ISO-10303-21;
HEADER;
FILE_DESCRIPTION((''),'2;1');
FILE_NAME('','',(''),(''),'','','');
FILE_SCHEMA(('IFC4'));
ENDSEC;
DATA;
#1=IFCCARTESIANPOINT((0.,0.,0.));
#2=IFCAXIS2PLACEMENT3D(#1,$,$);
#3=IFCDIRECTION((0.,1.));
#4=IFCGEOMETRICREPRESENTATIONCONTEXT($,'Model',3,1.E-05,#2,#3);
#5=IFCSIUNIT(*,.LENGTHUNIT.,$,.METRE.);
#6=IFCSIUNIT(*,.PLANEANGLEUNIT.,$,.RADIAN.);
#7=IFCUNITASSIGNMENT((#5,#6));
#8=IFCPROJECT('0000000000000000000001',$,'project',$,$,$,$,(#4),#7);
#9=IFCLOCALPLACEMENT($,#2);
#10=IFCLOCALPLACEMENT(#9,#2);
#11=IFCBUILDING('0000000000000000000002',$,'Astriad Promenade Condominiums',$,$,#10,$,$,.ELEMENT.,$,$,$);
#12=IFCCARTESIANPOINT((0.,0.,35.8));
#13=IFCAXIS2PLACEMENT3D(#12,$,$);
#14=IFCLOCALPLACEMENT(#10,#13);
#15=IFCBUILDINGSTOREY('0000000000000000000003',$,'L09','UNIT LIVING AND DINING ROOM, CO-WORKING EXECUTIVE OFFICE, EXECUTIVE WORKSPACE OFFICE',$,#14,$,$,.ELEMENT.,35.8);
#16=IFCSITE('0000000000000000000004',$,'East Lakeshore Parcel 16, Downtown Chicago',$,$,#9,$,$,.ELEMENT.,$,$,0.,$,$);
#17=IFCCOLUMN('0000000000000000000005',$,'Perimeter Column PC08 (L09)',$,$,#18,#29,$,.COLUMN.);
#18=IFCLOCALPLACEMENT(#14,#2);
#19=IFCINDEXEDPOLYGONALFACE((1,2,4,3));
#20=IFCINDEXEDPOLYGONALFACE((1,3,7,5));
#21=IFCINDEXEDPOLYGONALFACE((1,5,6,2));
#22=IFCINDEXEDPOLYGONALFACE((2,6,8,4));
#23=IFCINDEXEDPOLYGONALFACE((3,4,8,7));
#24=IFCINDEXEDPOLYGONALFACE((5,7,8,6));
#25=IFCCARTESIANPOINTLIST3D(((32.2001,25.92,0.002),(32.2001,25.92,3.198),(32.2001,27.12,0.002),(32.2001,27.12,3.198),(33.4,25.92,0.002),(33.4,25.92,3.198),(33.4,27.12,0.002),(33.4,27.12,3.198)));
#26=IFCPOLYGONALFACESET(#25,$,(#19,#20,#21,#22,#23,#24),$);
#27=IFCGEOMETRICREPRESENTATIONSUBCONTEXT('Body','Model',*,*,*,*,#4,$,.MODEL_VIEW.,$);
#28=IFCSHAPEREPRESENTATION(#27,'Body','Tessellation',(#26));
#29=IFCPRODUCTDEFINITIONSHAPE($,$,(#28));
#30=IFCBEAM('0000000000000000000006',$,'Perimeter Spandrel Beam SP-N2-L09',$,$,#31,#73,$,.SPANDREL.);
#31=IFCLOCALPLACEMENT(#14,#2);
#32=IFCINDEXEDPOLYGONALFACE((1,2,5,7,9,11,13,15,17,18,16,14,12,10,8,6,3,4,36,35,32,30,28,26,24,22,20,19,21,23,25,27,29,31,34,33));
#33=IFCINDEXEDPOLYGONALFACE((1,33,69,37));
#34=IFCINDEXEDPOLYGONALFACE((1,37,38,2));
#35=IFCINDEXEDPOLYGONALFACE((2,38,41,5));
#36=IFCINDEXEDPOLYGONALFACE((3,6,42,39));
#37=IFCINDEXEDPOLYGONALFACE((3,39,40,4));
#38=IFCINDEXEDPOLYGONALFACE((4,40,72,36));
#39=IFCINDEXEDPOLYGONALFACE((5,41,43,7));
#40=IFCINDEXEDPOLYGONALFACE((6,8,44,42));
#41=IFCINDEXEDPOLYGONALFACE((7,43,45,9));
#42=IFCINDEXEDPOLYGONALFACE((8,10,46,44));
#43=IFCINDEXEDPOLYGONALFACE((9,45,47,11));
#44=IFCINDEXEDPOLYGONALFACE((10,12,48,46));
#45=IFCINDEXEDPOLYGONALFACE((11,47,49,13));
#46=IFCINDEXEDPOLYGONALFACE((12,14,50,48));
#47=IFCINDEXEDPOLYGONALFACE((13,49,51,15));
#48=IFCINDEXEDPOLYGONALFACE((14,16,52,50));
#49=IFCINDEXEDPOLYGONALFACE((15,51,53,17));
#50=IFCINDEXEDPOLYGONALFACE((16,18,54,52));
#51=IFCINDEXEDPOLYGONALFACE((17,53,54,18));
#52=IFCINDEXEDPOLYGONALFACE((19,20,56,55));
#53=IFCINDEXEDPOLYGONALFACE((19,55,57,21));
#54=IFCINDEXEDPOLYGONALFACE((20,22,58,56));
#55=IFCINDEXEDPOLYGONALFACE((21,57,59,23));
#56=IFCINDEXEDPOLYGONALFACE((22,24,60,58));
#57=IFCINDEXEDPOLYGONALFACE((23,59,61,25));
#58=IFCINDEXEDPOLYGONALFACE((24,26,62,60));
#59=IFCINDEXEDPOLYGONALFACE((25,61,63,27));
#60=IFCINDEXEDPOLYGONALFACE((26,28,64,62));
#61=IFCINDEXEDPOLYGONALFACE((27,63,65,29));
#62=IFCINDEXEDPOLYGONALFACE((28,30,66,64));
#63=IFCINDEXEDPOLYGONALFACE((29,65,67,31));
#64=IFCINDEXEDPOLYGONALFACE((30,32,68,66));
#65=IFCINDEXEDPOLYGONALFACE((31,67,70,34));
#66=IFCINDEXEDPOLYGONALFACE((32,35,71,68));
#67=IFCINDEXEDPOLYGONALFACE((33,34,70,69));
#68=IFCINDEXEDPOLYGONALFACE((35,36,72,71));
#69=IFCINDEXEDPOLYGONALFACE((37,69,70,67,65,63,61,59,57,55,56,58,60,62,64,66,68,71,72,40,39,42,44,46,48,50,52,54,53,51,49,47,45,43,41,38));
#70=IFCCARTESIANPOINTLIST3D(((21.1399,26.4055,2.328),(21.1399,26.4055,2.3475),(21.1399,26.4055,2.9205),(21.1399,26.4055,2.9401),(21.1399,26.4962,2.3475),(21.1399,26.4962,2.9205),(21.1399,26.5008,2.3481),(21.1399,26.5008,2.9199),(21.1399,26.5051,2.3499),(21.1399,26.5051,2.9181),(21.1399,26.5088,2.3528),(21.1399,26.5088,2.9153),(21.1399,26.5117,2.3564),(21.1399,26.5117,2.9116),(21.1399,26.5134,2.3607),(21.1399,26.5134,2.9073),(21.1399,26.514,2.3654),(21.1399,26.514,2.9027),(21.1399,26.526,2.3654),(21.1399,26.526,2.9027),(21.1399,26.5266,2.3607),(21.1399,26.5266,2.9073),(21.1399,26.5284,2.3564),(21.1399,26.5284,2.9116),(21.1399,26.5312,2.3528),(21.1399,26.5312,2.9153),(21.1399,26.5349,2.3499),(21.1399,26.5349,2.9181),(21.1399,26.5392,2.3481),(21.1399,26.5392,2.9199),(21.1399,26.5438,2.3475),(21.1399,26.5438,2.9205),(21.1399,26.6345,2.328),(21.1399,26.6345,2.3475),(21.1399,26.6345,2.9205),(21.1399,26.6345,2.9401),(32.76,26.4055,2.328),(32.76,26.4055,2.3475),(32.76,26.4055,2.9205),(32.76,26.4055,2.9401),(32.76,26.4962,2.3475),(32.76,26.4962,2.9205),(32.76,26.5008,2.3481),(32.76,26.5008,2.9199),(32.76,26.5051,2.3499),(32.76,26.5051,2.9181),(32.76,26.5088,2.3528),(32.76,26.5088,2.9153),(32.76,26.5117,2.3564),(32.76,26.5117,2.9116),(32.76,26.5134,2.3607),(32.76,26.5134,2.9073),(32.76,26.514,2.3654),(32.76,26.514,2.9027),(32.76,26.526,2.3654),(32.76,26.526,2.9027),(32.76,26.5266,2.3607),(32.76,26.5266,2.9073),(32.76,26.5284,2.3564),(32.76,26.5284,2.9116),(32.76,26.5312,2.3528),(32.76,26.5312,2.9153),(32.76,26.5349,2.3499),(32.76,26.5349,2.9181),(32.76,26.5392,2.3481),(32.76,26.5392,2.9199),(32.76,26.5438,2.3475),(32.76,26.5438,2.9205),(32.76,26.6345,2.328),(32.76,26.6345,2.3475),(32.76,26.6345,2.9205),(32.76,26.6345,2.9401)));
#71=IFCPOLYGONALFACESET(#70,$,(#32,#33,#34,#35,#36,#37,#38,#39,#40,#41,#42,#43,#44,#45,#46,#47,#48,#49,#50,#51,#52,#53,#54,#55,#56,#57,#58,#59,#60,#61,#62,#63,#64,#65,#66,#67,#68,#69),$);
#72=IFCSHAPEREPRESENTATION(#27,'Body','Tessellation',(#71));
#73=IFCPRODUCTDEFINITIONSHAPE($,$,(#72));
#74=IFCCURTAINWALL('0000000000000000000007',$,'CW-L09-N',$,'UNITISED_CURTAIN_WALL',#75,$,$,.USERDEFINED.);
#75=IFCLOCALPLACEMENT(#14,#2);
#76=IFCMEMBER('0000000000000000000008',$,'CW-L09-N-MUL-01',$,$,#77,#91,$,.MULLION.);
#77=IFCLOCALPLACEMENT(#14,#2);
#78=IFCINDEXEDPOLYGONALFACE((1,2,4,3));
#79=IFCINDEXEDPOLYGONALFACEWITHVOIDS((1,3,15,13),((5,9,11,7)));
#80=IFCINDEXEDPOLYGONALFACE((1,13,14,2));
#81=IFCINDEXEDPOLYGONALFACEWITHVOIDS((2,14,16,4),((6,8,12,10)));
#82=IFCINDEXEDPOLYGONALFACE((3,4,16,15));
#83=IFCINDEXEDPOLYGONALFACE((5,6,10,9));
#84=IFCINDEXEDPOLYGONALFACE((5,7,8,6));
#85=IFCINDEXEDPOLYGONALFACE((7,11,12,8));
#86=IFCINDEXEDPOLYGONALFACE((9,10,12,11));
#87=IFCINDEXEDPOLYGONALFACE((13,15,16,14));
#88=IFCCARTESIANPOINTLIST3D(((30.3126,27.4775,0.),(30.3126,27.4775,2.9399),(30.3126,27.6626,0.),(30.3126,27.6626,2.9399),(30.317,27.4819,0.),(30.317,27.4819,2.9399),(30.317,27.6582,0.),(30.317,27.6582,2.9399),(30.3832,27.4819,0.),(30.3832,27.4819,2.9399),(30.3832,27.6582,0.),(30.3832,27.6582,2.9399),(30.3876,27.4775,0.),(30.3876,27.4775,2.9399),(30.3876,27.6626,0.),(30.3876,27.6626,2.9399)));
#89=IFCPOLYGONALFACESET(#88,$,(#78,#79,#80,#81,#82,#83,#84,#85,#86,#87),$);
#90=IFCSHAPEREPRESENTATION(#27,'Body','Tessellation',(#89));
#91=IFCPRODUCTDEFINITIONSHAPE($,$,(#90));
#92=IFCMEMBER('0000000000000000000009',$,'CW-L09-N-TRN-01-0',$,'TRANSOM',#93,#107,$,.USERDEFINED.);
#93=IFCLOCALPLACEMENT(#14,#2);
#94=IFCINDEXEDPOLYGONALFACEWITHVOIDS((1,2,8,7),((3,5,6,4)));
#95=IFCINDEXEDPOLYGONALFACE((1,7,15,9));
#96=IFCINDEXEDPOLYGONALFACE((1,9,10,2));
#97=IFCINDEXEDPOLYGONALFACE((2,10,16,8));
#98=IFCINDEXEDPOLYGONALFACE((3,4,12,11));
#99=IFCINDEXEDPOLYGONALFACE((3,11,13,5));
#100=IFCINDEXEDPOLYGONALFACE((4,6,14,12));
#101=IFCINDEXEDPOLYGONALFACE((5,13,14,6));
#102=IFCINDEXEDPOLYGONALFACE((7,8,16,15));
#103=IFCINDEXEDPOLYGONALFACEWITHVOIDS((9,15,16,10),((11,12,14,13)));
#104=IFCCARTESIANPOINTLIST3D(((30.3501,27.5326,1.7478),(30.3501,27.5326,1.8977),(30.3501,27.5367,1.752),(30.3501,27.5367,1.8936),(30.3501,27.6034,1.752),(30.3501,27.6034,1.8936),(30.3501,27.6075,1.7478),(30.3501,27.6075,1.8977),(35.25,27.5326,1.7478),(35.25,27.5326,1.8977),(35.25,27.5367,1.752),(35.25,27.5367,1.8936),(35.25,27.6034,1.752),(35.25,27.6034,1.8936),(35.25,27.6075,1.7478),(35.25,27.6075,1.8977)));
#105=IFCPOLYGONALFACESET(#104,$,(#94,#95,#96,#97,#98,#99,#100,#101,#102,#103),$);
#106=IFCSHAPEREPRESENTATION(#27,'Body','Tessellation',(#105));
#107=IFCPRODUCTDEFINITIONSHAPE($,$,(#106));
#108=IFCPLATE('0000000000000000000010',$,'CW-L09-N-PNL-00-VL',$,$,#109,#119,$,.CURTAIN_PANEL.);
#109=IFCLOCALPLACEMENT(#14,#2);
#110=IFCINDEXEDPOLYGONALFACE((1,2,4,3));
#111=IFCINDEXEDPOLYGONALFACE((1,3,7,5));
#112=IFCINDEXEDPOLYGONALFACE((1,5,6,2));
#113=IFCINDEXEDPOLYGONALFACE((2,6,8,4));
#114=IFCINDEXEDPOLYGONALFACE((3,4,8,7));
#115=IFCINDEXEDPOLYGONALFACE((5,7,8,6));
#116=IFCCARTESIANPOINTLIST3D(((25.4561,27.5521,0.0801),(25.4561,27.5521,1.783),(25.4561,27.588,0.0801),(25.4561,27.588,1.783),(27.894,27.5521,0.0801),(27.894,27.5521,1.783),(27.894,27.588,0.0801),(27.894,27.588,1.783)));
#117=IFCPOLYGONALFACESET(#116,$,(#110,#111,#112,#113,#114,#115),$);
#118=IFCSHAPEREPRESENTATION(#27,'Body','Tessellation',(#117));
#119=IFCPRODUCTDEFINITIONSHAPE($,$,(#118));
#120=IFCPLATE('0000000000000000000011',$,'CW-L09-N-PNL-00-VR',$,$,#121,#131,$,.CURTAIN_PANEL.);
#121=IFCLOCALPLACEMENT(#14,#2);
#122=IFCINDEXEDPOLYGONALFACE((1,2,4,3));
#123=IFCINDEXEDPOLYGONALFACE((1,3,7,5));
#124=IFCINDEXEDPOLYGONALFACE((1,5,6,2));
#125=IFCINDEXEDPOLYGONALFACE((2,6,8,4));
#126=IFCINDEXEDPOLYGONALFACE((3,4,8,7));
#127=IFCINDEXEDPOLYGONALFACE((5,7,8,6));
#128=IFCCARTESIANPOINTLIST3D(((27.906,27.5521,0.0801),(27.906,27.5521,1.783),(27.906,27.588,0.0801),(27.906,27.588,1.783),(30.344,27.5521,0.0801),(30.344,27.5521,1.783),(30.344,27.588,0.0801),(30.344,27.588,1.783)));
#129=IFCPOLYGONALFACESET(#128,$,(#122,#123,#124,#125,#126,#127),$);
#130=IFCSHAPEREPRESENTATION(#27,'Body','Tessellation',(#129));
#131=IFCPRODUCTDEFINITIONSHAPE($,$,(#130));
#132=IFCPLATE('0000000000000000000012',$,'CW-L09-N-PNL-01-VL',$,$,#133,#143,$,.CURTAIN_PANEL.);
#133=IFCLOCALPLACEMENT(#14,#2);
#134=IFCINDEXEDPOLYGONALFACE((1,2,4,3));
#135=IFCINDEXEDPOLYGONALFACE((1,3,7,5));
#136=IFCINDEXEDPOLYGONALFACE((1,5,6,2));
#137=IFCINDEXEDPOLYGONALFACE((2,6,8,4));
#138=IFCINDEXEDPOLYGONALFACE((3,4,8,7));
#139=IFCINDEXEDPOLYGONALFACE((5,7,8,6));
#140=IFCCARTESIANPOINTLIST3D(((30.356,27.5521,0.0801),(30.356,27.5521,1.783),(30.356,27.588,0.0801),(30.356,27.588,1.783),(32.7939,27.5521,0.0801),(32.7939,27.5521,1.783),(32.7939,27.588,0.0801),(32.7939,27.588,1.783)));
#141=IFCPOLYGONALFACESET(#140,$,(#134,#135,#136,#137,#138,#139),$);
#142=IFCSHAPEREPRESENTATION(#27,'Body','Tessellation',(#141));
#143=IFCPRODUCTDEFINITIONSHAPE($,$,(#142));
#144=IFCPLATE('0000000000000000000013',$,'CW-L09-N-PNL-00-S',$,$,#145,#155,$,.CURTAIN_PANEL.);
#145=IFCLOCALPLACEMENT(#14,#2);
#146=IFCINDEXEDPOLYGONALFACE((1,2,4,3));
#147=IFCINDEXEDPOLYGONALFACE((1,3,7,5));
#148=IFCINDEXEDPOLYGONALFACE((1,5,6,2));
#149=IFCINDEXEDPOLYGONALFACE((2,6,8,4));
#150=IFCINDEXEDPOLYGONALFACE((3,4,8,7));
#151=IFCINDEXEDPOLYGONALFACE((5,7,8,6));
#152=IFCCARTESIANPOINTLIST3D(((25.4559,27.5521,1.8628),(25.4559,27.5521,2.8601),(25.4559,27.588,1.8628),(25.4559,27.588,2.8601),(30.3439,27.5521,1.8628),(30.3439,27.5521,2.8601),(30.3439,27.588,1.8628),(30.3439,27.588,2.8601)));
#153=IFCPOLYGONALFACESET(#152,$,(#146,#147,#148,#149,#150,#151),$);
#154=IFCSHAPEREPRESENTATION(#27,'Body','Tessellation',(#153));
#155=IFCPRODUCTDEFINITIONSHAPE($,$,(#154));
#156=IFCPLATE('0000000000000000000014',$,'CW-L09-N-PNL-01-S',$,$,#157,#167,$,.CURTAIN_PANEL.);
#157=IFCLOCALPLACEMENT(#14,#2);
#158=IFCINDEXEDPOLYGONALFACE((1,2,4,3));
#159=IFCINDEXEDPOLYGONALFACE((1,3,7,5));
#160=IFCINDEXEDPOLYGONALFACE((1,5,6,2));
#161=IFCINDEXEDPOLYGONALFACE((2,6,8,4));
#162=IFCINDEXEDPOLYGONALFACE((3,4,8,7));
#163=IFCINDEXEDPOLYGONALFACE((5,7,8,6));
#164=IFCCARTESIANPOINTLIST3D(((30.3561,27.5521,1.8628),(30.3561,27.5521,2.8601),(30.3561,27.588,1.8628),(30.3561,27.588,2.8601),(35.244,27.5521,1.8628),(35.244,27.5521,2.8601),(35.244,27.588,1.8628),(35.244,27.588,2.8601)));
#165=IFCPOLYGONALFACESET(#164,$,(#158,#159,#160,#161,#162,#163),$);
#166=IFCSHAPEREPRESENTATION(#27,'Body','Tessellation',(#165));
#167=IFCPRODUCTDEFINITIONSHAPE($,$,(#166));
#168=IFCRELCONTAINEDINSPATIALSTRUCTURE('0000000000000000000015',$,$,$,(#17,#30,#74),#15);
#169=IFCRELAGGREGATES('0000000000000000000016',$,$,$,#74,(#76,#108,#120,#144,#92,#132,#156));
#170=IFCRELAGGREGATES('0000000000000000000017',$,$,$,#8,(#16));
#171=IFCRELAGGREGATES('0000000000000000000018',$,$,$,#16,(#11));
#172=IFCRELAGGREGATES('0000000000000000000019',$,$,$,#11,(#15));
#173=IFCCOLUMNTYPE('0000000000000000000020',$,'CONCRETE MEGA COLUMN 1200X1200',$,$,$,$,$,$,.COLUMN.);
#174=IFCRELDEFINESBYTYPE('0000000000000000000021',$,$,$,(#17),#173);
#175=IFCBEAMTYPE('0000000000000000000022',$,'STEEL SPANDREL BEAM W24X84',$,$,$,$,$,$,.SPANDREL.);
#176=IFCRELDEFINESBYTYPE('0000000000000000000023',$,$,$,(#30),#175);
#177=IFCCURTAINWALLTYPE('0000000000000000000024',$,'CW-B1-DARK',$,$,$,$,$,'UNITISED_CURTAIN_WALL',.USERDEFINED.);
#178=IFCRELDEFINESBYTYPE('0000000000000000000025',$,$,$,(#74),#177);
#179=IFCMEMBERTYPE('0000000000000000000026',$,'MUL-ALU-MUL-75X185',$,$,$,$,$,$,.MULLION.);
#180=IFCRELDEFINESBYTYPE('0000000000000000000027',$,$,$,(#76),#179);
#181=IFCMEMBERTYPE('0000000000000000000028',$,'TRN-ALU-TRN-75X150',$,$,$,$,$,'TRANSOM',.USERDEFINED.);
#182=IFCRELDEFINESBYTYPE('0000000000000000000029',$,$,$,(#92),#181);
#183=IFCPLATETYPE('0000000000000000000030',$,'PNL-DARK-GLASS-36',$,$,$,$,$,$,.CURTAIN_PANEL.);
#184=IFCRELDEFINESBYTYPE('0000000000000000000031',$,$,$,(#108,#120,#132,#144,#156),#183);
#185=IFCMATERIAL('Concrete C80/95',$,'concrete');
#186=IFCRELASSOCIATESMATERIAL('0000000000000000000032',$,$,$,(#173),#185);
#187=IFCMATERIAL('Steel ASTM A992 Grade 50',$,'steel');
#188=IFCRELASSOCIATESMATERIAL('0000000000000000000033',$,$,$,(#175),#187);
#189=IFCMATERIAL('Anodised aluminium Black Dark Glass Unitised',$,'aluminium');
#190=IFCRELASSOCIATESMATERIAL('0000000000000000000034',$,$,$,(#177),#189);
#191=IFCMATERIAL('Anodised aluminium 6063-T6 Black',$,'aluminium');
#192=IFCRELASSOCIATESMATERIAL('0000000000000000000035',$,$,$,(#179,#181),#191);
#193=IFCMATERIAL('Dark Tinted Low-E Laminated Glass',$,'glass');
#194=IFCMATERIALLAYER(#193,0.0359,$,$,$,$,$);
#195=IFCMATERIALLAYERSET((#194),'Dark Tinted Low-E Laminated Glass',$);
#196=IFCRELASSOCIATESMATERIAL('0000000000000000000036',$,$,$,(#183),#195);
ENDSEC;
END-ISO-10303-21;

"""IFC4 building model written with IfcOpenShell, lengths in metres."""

from ifc_helpers import new_model, si_unit, direction, frame, origin, origin_2d, place, context, subcontext, project, spatial, rectangle, hollow_rectangle, i_section, extrude, source, transform, mapped, material, layer, layer_set, material_profile, profile_set, type_object, type_shapes, element, aggregate, save


model = new_model("IFC4")

# Units and contexts
model_context = context("Model", 3, precision=1e-05, world=origin(), true_north=direction((0.0, 1.0)))
body_context = subcontext(model_context, "Body", "Model", "MODEL_VIEW")
ifc_project = project(units=[si_unit("LENGTHUNIT", "METRE"), si_unit("PLANEANGLEUNIT", "RADIAN")], contexts=[model_context])

# Site, building, storey
site_placement = place(None, origin())
site = spatial("IfcSite", under=ifc_project, at=site_placement, Name="East Lakeshore Parcel 16, Downtown Chicago", CompositionType="ELEMENT", RefElevation=0.0)
building_placement = place(site_placement, origin())
building = spatial("IfcBuilding", under=site, at=building_placement, Name="Astriad Promenade Condominiums", CompositionType="ELEMENT")
storey_placement = place(building_placement, frame((0.0, 0.0, 35.8)))
storey = spatial("IfcBuildingStorey", under=building, at=storey_placement, Name="L09", Description="UNIT LIVING AND DINING ROOM, CO-WORKING EXECUTIVE OFFICE, EXECUTIVE WORKSPACE OFFICE", CompositionType="ELEMENT", Elevation=35.8)

# Column
ifc_material_1 = material(Name="Concrete C80/95", Category="concrete")
ifc_material_profile_1 = material_profile(ifc_material_1, rectangle(XDim=1.2, YDim=1.2, at=origin_2d()), Name="RC-COL-1200X1200")
ifc_profile_set_1 = profile_set([ifc_material_profile_1], Name="Concrete C80/95")
column_type = type_object("IfcColumnType", Name="CONCRETE MEGA COLUMN 1200X1200", PredefinedType="COLUMN", material=ifc_profile_set_1)
shared_shape_1 = source(origin(), body_context, "Body", "SweptSolid", [
    extrude(rectangle(XDim=1.2, YDim=1.2, at=origin_2d()), origin(), (0.0, 0.0, 1.0), 3.196),
])
type_shapes(column_type, [shared_shape_1])
column_placement = place(storey_placement, frame((32.8, 26.52, 0.002), z_axis=(0.0, 0.0, 1.0), x_axis=(1.0, 0.0, 0.0)))
element("IfcColumn", 1, at=column_placement, inside=storey, type_object=column_type, Name="Perimeter Column PC08 (L09)", PredefinedType="COLUMN", context=body_context, shape_type="MappedRepresentation", body=[
    mapped(shared_shape_1, transform((0.0, 0.0, 0.0), scale=1.0)),
])

# Beam
ifc_material_2 = material(Name="Steel ASTM A992 Grade 50", Category="steel")
ifc_material_profile_2 = material_profile(ifc_material_2, i_section(OverallWidth=0.229, OverallDepth=0.6121, WebThickness=0.012, FlangeThickness=0.0195, FilletRadius=0.0178, at=origin_2d()), Name="W24X84")
ifc_profile_set_2 = profile_set([ifc_material_profile_2], Name="Steel ASTM A992 Grade 50")
beam_type = type_object("IfcBeamType", Name="STEEL SPANDREL BEAM W24X84", PredefinedType="SPANDREL", material=ifc_profile_set_2)
shared_shape_2 = source(origin(), body_context, "Body", "SweptSolid", [
    extrude(i_section(OverallWidth=0.229, OverallDepth=0.6121, WebThickness=0.012, FlangeThickness=0.0195, FilletRadius=0.0178, at=origin_2d()), origin(), (0.0, 0.0, 1.0), 11.6201),
])
type_shapes(beam_type, [shared_shape_2])
beam_placement = place(storey_placement, frame((32.76, 26.52, 2.634), z_axis=(-1.0, 0.0, 0.0), x_axis=(0.0, -1.0, 0.0)))
element("IfcBeam", 2, at=beam_placement, inside=storey, type_object=beam_type, Name="Perimeter Spandrel Beam SP-N2-L09", PredefinedType="SPANDREL", context=body_context, shape_type="MappedRepresentation", body=[
    mapped(shared_shape_2, transform((0.0, 0.0, 0.0), scale=1.0)),
])

# Curtain wall, members, plates
ifc_material_3 = material(Name="Anodised aluminium Black Dark Glass Unitised", Category="aluminium")
curtain_wall_type = type_object("IfcCurtainWallType", Name="CW-B1-DARK", ElementType="UNITISED_CURTAIN_WALL", PredefinedType="USERDEFINED", material=ifc_material_3)
curtain_wall_placement = place(storey_placement, origin())
curtain_wall = element("IfcCurtainWall", 3, at=curtain_wall_placement, inside=storey, type_object=curtain_wall_type, Name="CW-L09-N", ObjectType="UNITISED_CURTAIN_WALL", PredefinedType="USERDEFINED")
ifc_material_4 = material(Name="Anodised aluminium 6063-T6 Black", Category="aluminium")
ifc_material_profile_3 = material_profile(ifc_material_4, hollow_rectangle(XDim=0.075, YDim=0.1851, WallThickness=0.0044, at=origin_2d()), Name="ALU-MUL-75X185")
ifc_profile_set_3 = profile_set([ifc_material_profile_3], Name="Anodised aluminium 6063-T6 Black")
member_type_1 = type_object("IfcMemberType", Name="MUL-ALU-MUL-75X185", PredefinedType="MULLION", material=ifc_profile_set_3)
shared_shape_3 = source(origin(), body_context, "Body", "SweptSolid", [
    extrude(hollow_rectangle(XDim=0.075, YDim=0.1851, WallThickness=0.0044, at=origin_2d()), origin(), (0.0, 0.0, 1.0), 2.9399),
])
type_shapes(member_type_1, [shared_shape_3])
member_1_placement = place(storey_placement, frame((30.3501, 27.5701, 0.0), z_axis=(0.0, 0.0, 1.0), x_axis=(1.0, 0.0, 0.0)))
member_1 = element("IfcMember", 4, at=member_1_placement, type_object=member_type_1, Name="CW-L09-N-MUL-01", PredefinedType="MULLION", context=body_context, shape_type="MappedRepresentation", body=[
    mapped(shared_shape_3, transform((0.0, 0.0, 0.0), scale=1.0)),
])
ifc_material_profile_4 = material_profile(ifc_material_4, hollow_rectangle(XDim=0.075, YDim=0.1499, WallThickness=0.0042, at=origin_2d()), Name="ALU-TRN-75X150")
ifc_profile_set_4 = profile_set([ifc_material_profile_4], Name="Anodised aluminium 6063-T6 Black")
member_type_2 = type_object("IfcMemberType", Name="TRN-ALU-TRN-75X150", ElementType="TRANSOM", PredefinedType="USERDEFINED", material=ifc_profile_set_4)
shared_shape_4 = source(origin(), body_context, "Body", "SweptSolid", [
    extrude(hollow_rectangle(XDim=0.075, YDim=0.1499, WallThickness=0.0042, at=origin_2d()), origin(), (0.0, 0.0, 1.0), 4.8999),
])
type_shapes(member_type_2, [shared_shape_4])
member_2_placement = place(storey_placement, frame((30.3501, 27.5701, 1.8228), z_axis=(1.0, 0.0, 0.0), x_axis=(0.0, 1.0, 0.0)))
member_2 = element("IfcMember", 5, at=member_2_placement, type_object=member_type_2, Name="CW-L09-N-TRN-01-0", ObjectType="TRANSOM", PredefinedType="USERDEFINED", context=body_context, shape_type="MappedRepresentation", body=[
    mapped(shared_shape_4, transform((0.0, 0.0, 0.0), scale=1.0)),
])
ifc_material_5 = material(Name="Dark Tinted Low-E Laminated Glass", Category="glass")
ifc_layer_1 = layer(ifc_material_5, 0.0359)
ifc_layer_set_1 = layer_set([ifc_layer_1], Name="Dark Tinted Low-E Laminated Glass")
plate_type = type_object("IfcPlateType", Name="PNL-DARK-GLASS-36", PredefinedType="CURTAIN_PANEL", material=ifc_layer_set_1)
shared_shape_5 = source(origin(), body_context, "Body", "SweptSolid", [
    extrude(rectangle(XDim=2.438, YDim=0.0359, at=origin_2d()), origin(), (0.0, 0.0, 1.0), 1.7029),
])
plate_1_placement = place(storey_placement, frame((26.675, 27.5701, 0.0801), z_axis=(0.0, 0.0, 1.0), x_axis=(1.0, 0.0, 0.0)))
plate_1 = element("IfcPlate", 6, at=plate_1_placement, type_object=plate_type, Name="CW-L09-N-PNL-00-VL", PredefinedType="CURTAIN_PANEL", context=body_context, shape_type="MappedRepresentation", body=[
    mapped(shared_shape_5, transform((0.0, 0.0, 0.0), scale=1.0)),
])
plate_2_placement = place(storey_placement, frame((29.125, 27.5701, 0.0801), z_axis=(0.0, 0.0, 1.0), x_axis=(1.0, 0.0, 0.0)))
plate_2 = element("IfcPlate", 7, at=plate_2_placement, type_object=plate_type, Name="CW-L09-N-PNL-00-VR", PredefinedType="CURTAIN_PANEL", context=body_context, shape_type="MappedRepresentation", body=[
    mapped(shared_shape_5, transform((0.0, 0.0, 0.0), scale=1.0)),
])
plate_3_placement = place(storey_placement, frame((31.575, 27.5701, 0.0801), z_axis=(0.0, 0.0, 1.0), x_axis=(1.0, 0.0, 0.0)))
plate_3 = element("IfcPlate", 8, at=plate_3_placement, type_object=plate_type, Name="CW-L09-N-PNL-01-VL", PredefinedType="CURTAIN_PANEL", context=body_context, shape_type="MappedRepresentation", body=[
    mapped(shared_shape_5, transform((0.0, 0.0, 0.0), scale=1.0)),
])
shared_shape_6 = source(origin(), body_context, "Body", "SweptSolid", [
    extrude(rectangle(XDim=4.8879, YDim=0.0359, at=origin_2d()), origin(), (0.0, 0.0, 1.0), 0.9973),
])
type_shapes(plate_type, [shared_shape_5, shared_shape_6])
plate_4_placement = place(storey_placement, frame((27.8999, 27.5701, 1.8628), z_axis=(0.0, 0.0, 1.0), x_axis=(1.0, 0.0, 0.0)))
plate_4 = element("IfcPlate", 9, at=plate_4_placement, type_object=plate_type, Name="CW-L09-N-PNL-00-S", PredefinedType="CURTAIN_PANEL", context=body_context, shape_type="MappedRepresentation", body=[
    mapped(shared_shape_6, transform((0.0, 0.0, 0.0), scale=1.0)),
])
plate_5_placement = place(storey_placement, frame((32.8, 27.5701, 1.8628), z_axis=(0.0, 0.0, 1.0), x_axis=(1.0, 0.0, 0.0)))
plate_5 = element("IfcPlate", 10, at=plate_5_placement, type_object=plate_type, Name="CW-L09-N-PNL-01-S", PredefinedType="CURTAIN_PANEL", context=body_context, shape_type="MappedRepresentation", body=[
    mapped(shared_shape_6, transform((0.0, 0.0, 0.0), scale=1.0)),
])
aggregate(curtain_wall, [member_1, plate_1, plate_2, plate_4, member_2, plate_3, plate_5])

save(model, "model.ifc")
